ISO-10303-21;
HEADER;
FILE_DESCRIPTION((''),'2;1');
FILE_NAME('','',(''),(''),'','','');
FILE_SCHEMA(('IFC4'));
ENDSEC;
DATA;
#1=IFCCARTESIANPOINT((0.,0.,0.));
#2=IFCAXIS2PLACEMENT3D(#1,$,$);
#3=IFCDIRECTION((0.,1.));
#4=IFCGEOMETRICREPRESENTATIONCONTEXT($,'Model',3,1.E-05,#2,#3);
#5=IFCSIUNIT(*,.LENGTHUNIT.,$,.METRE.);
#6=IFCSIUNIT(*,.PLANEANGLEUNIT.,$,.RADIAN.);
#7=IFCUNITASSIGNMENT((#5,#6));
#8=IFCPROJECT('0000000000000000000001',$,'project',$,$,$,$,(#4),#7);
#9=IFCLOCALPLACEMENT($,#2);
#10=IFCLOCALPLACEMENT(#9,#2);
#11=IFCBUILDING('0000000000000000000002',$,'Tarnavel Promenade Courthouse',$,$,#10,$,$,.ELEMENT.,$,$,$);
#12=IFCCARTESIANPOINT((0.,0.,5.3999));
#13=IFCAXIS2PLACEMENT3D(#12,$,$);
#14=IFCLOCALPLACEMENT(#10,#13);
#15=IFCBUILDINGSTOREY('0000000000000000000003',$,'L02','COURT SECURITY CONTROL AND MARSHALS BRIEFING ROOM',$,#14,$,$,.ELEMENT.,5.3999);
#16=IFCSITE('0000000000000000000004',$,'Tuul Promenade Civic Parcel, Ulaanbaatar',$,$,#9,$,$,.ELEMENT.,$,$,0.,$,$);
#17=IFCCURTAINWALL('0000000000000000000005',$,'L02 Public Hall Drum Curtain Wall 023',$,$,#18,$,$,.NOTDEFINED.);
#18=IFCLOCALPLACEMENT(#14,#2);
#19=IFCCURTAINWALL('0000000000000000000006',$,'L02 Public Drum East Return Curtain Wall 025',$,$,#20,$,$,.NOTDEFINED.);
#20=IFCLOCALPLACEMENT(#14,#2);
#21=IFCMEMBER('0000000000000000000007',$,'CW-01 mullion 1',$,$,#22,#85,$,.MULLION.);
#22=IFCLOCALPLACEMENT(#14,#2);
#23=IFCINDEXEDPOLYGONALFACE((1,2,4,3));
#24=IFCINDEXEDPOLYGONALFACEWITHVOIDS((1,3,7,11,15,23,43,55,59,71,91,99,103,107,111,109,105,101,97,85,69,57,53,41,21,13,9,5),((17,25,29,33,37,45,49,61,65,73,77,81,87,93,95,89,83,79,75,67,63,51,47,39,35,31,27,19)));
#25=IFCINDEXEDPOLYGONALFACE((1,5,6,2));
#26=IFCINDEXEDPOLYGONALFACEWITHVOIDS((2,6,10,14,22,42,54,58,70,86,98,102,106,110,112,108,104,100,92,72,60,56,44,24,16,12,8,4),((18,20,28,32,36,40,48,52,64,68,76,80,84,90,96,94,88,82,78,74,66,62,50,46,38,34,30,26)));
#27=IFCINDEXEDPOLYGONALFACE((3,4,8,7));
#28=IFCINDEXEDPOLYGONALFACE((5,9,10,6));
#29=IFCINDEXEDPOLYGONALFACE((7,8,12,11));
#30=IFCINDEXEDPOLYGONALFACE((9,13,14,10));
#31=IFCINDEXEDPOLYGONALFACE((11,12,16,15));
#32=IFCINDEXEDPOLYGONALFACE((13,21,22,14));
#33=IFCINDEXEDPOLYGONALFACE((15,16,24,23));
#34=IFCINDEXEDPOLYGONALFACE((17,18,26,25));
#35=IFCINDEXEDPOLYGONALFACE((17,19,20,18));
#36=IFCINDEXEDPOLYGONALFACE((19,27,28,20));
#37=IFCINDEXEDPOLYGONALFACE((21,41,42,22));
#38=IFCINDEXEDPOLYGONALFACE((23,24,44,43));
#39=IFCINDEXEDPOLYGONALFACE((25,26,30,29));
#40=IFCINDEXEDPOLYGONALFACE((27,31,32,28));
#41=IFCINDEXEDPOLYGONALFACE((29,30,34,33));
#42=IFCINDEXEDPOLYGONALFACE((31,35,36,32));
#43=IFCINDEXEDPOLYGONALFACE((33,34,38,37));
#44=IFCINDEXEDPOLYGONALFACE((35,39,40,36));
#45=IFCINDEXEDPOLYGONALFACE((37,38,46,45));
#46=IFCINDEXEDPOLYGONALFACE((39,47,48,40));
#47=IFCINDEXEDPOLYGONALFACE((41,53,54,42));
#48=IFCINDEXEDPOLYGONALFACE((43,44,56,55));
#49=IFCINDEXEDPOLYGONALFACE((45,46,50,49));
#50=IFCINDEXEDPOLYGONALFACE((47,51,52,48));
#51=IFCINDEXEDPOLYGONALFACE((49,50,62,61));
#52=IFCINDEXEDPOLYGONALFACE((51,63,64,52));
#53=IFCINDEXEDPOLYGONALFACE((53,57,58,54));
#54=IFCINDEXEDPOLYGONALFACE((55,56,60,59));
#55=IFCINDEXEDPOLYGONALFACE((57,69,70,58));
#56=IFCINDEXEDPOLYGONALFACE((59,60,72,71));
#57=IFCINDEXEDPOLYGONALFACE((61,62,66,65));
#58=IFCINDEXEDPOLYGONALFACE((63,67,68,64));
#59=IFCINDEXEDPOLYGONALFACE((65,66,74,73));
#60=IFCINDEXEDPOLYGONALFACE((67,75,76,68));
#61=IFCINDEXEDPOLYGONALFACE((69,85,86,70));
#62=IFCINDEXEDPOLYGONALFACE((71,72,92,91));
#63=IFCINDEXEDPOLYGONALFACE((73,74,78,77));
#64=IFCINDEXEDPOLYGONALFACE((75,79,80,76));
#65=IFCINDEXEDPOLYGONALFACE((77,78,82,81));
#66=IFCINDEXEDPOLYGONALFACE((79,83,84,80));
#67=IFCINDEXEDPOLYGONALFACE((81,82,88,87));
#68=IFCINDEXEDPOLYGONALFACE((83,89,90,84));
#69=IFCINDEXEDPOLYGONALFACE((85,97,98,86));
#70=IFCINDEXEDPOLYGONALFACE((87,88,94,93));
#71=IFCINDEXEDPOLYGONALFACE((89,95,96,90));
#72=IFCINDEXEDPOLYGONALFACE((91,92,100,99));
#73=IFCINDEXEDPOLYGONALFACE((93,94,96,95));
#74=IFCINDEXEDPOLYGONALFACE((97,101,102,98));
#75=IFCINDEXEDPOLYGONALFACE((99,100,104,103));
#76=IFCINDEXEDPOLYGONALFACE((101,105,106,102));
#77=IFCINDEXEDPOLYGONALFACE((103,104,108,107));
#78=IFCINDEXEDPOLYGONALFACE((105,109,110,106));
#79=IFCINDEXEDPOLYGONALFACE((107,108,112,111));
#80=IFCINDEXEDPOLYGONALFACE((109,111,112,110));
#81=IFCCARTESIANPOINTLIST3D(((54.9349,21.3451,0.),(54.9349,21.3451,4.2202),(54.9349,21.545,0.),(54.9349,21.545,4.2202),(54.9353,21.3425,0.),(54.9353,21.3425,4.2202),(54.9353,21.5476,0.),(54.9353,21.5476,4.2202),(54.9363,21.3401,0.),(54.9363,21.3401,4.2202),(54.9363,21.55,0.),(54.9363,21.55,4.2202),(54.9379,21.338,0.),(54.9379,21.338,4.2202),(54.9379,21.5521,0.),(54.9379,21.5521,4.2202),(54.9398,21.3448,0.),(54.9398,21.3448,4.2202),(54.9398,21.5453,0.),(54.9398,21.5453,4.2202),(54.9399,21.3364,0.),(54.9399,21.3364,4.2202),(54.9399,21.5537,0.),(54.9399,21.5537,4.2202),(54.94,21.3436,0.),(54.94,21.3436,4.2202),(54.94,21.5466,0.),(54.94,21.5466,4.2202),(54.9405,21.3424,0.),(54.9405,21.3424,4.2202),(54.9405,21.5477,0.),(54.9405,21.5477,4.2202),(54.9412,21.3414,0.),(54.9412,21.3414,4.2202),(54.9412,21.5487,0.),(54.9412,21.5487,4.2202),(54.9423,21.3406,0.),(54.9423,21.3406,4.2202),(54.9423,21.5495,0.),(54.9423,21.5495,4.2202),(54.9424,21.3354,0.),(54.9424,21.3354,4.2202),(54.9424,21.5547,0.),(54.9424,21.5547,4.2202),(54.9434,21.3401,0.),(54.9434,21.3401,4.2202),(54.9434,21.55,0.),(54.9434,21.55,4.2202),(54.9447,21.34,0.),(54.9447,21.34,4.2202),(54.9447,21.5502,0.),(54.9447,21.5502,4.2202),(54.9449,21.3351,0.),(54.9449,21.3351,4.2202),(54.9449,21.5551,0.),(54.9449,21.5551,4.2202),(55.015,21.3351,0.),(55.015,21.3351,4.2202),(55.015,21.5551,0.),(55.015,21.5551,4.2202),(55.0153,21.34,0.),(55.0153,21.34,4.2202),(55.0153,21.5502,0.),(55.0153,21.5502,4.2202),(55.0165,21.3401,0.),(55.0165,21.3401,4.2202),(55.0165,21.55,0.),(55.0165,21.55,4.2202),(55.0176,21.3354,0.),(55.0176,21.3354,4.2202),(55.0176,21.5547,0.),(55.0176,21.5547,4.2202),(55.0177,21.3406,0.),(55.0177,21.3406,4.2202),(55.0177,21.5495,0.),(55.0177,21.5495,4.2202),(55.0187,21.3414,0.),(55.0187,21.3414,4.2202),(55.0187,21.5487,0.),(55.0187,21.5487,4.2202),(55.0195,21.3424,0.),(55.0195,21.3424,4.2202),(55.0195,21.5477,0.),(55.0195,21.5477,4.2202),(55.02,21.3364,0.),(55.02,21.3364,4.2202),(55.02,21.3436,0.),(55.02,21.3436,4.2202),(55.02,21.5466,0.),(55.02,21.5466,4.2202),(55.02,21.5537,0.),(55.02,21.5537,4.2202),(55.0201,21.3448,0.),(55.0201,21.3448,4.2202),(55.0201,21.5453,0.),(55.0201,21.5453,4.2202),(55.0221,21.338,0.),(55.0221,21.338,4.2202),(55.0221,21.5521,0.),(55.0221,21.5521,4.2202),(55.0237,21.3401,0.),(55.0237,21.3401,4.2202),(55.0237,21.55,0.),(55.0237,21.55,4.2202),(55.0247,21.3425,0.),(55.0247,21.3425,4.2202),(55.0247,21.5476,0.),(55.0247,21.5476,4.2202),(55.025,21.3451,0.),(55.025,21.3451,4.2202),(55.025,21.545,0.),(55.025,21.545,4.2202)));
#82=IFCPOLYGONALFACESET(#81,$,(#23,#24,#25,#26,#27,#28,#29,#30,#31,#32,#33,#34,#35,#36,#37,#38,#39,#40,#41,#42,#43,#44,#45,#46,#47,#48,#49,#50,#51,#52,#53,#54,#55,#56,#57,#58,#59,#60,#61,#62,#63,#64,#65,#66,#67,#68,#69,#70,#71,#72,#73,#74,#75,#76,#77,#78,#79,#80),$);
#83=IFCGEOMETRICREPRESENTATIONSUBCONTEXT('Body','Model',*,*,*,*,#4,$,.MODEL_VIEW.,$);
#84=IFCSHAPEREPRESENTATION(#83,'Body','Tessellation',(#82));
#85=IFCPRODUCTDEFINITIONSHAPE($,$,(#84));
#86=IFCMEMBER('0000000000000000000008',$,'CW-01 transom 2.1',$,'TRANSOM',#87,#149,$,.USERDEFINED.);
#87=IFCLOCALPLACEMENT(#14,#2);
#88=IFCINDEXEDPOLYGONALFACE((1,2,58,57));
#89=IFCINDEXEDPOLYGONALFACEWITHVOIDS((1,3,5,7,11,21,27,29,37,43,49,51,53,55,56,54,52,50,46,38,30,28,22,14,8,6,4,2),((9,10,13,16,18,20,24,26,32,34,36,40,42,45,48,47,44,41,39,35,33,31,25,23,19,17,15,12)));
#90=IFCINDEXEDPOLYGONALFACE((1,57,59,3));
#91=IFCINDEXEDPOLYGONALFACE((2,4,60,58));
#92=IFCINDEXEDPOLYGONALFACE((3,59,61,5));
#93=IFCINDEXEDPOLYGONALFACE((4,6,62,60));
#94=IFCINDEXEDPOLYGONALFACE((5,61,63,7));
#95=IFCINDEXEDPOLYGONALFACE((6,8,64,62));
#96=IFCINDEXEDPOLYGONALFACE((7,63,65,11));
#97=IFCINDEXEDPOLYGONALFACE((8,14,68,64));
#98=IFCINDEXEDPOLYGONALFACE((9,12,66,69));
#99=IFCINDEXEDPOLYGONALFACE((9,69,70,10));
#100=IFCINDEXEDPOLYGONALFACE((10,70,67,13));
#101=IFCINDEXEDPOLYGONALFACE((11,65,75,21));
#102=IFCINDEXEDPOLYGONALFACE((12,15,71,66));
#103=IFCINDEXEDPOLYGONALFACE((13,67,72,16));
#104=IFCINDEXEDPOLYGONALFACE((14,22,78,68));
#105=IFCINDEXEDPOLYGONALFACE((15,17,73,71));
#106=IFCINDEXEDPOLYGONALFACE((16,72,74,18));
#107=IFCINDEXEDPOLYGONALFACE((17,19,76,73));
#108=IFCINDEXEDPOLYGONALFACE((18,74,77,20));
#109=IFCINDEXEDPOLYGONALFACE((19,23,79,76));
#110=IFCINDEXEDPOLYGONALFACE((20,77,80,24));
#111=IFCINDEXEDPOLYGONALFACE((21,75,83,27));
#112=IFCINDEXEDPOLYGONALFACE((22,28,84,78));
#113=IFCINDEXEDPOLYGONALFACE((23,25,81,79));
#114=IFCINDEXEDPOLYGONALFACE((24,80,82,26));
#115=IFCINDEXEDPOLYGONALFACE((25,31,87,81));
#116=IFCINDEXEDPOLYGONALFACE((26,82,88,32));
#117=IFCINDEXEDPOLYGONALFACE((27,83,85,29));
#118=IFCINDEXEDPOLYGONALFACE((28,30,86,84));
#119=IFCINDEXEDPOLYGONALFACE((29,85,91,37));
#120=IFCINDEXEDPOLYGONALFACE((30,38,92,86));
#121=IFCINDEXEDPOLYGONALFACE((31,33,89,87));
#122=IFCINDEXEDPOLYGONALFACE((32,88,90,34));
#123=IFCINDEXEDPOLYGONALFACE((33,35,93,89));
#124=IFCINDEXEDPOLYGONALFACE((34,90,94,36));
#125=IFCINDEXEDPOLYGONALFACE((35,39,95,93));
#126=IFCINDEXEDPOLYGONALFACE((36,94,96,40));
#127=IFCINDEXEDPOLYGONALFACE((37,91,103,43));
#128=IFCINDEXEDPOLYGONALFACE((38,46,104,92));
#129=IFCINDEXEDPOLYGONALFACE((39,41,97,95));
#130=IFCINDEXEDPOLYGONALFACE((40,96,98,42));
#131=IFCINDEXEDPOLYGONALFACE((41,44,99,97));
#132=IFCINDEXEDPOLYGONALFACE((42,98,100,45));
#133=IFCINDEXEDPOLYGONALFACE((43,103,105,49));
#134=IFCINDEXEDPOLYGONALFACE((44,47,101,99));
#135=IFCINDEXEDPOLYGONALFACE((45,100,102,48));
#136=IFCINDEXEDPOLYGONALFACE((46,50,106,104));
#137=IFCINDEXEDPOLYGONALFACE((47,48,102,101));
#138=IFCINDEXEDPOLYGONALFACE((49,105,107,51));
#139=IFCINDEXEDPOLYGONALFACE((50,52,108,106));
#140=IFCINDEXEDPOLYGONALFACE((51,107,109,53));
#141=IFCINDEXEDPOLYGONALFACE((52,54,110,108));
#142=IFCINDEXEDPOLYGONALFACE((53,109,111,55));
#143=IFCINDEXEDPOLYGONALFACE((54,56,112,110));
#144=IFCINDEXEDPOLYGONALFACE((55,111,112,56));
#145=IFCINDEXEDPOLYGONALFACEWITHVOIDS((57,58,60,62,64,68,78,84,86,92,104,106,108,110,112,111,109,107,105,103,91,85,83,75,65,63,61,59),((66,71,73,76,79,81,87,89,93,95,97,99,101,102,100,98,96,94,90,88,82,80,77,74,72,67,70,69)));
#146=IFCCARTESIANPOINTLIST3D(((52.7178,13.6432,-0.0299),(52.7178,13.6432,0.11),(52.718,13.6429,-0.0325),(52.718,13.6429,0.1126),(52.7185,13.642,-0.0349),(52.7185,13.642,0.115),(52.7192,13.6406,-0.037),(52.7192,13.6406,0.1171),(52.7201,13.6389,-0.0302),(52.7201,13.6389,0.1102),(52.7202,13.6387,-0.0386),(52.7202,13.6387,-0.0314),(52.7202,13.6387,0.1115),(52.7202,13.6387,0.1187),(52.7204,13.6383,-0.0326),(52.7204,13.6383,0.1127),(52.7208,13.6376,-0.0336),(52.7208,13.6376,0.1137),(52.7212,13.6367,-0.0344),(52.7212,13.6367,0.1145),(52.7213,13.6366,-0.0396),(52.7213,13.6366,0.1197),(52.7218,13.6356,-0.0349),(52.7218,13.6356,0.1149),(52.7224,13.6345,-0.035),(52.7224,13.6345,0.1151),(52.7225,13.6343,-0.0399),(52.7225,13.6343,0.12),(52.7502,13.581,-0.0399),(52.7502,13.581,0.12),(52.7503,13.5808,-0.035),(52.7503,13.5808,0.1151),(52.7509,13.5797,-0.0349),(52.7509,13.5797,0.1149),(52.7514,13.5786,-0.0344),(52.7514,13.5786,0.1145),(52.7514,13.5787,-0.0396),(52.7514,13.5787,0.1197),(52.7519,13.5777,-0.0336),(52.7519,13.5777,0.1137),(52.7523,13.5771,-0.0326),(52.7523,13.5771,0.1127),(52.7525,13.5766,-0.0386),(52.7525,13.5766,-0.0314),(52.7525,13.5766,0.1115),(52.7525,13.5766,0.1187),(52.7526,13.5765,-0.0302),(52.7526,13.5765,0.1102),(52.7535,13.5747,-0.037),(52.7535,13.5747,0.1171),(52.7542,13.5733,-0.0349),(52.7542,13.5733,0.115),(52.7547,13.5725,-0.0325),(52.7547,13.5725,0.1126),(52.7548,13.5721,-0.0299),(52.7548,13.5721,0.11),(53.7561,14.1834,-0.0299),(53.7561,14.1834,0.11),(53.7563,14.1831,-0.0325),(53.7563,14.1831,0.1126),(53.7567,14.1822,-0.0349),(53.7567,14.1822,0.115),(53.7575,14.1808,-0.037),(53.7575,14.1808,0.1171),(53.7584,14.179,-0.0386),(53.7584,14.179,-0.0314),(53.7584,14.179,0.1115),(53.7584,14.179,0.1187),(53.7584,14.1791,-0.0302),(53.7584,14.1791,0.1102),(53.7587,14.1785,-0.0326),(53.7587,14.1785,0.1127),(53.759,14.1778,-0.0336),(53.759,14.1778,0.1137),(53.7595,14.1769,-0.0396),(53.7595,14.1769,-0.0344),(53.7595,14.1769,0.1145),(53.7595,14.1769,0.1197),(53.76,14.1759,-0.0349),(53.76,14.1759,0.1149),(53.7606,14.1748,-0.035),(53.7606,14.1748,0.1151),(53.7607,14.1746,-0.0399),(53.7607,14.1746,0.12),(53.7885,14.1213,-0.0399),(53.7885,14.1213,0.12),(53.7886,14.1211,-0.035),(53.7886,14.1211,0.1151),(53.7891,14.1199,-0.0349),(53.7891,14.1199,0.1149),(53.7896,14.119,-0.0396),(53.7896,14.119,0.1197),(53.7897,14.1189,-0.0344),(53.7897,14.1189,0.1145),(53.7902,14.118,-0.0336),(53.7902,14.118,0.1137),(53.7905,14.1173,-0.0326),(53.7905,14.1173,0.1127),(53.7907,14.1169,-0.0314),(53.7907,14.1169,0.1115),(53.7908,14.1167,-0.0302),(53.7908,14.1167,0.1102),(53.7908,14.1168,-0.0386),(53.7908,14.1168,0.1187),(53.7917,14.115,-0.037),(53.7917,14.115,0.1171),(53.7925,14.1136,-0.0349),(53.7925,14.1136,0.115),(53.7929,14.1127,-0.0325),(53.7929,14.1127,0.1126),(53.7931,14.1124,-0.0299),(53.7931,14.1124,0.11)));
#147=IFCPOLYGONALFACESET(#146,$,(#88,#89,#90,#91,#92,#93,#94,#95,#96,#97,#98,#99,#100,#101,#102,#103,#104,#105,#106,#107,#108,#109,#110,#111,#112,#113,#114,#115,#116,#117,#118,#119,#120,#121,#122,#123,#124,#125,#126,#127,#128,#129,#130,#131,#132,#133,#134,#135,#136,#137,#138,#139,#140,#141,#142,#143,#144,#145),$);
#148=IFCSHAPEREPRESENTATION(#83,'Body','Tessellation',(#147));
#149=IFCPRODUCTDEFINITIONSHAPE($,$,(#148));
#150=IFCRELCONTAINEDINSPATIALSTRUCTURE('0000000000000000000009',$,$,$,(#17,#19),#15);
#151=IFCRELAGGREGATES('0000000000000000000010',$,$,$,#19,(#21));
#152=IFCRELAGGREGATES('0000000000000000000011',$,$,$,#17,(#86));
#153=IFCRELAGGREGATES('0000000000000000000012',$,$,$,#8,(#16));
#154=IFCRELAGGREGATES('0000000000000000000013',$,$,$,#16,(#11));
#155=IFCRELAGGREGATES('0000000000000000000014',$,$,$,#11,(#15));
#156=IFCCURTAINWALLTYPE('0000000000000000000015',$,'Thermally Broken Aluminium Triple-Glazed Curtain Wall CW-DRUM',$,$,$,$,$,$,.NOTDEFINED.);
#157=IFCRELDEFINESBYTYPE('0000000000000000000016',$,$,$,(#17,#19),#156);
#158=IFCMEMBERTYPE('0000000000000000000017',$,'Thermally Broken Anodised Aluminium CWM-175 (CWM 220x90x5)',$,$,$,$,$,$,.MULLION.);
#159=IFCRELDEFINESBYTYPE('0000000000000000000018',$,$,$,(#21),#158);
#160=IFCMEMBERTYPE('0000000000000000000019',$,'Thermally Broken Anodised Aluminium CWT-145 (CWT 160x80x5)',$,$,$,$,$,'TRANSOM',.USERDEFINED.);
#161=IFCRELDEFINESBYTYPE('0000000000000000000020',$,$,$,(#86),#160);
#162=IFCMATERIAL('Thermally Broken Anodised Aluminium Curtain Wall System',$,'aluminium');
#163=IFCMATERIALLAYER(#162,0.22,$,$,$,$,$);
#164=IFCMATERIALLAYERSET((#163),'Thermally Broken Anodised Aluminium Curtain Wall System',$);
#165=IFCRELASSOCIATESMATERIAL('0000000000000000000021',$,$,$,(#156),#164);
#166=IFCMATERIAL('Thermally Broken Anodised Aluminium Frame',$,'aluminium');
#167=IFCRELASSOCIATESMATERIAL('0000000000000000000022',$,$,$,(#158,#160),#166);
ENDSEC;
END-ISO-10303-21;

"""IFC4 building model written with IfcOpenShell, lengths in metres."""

from ifc_helpers import new_model, si_unit, direction, frame, origin, origin_2d, place, context, subcontext, project, spatial, hollow_rectangle, extrude, material, layer, layer_set, material_profile, profile_set, type_object, element, aggregate, save


model = new_model("IFC4")

# Units and contexts
model_context = context("Model", 3, precision=1e-05, world=origin(), true_north=direction((0.0, 1.0)))
body_context = subcontext(model_context, "Body", "Model", "MODEL_VIEW")
ifc_project = project(units=[si_unit("LENGTHUNIT", "METRE"), si_unit("PLANEANGLEUNIT", "RADIAN")], contexts=[model_context])

# Site, building, storey
site_placement = place(None, origin())
site = spatial("IfcSite", under=ifc_project, at=site_placement, Name="Tuul Promenade Civic Parcel, Ulaanbaatar", CompositionType="ELEMENT", RefElevation=0.0)
building_placement = place(site_placement, origin())
building = spatial("IfcBuilding", under=site, at=building_placement, Name="Tarnavel Promenade Courthouse", CompositionType="ELEMENT")
storey_placement = place(building_placement, frame((0.0, 0.0, 5.3999)))
storey = spatial("IfcBuildingStorey", under=building, at=storey_placement, Name="L02", Description="COURT SECURITY CONTROL AND MARSHALS BRIEFING ROOM", CompositionType="ELEMENT", Elevation=5.3999)

# Curtain wall
ifc_material_1 = material(Name="Thermally Broken Anodised Aluminium Curtain Wall System", Category="aluminium")
ifc_layer_1 = layer(ifc_material_1, 0.22)
ifc_layer_set_1 = layer_set([ifc_layer_1], Name="Thermally Broken Anodised Aluminium Curtain Wall System")
curtain_wall_type = type_object("IfcCurtainWallType", Name="Thermally Broken Aluminium Triple-Glazed Curtain Wall CW-DRUM", PredefinedType="NOTDEFINED", material=ifc_layer_set_1)
curtain_wall_1_placement = place(storey_placement, origin())
curtain_wall_1 = element("IfcCurtainWall", 1, at=curtain_wall_1_placement, inside=storey, type_object=curtain_wall_type, Name="L02 Public Hall Drum Curtain Wall 023", PredefinedType="NOTDEFINED")
ifc_material_2 = material(Name="Thermally Broken Anodised Aluminium Frame", Category="aluminium")
ifc_material_profile_1 = material_profile(ifc_material_2, hollow_rectangle(XDim=0.0901, YDim=0.22, WallThickness=0.0049, InnerFilletRadius=0.0049, OuterFilletRadius=0.01, at=origin_2d()), Name="CWM 220x90x5")
ifc_profile_set_1 = profile_set([ifc_material_profile_1], Name="Thermally Broken Anodised Aluminium Frame")
member_type_1 = type_object("IfcMemberType", Name="Thermally Broken Anodised Aluminium CWM-175 (CWM 220x90x5)", PredefinedType="MULLION", material=ifc_profile_set_1)

# Curtain wall, member
curtain_wall_2_placement = place(storey_placement, origin())
curtain_wall_2 = element("IfcCurtainWall", 2, at=curtain_wall_2_placement, inside=storey, type_object=curtain_wall_type, Name="L02 Public Drum East Return Curtain Wall 025", PredefinedType="NOTDEFINED")
member_1_placement = place(storey_placement, frame((54.98, 21.4451, 0.0), z_axis=(0.0, 0.0, 1.0), x_axis=(-1.0, 0.0, 0.0)))
member_1 = element("IfcMember", 3, at=member_1_placement, type_object=member_type_1, Name="CW-01 mullion 1", PredefinedType="MULLION", context=body_context, shape_type="SweptSolid", body=[
    extrude(hollow_rectangle(XDim=0.0901, YDim=0.22, WallThickness=0.0049, InnerFilletRadius=0.0049, OuterFilletRadius=0.01, at=origin_2d()), origin(), (0.0, 0.0, 1.0), 4.2202),
])
aggregate(curtain_wall_2, [member_1])

# Member
ifc_material_profile_2 = material_profile(ifc_material_2, hollow_rectangle(XDim=0.0801, YDim=0.1599, WallThickness=0.0049, InnerFilletRadius=0.0049, OuterFilletRadius=0.01, at=origin_2d()), Name="CWT 160x80x5")
ifc_profile_set_2 = profile_set([ifc_material_profile_2], Name="Thermally Broken Anodised Aluminium Frame")
member_type_2 = type_object("IfcMemberType", Name="Thermally Broken Anodised Aluminium CWT-145 (CWT 160x80x5)", ElementType="TRANSOM", PredefinedType="USERDEFINED", material=ifc_profile_set_2)
member_2_placement = place(storey_placement, frame((52.7363, 13.6077, 0.04), z_axis=(0.887094, 0.461589, 0.0), x_axis=(-0.461589, 0.887094, 0.0)))
member_2 = element("IfcMember", 4, at=member_2_placement, type_object=member_type_2, Name="CW-01 transom 2.1", ObjectType="TRANSOM", PredefinedType="USERDEFINED", context=body_context, shape_type="SweptSolid", body=[
    extrude(hollow_rectangle(XDim=0.0801, YDim=0.1599, WallThickness=0.0049, InnerFilletRadius=0.0049, OuterFilletRadius=0.01, at=origin_2d()), origin(), (0.0, 0.0, 1.0), 1.1704),
])

aggregate(curtain_wall_1, [member_2])

save(model, "model.ifc")
